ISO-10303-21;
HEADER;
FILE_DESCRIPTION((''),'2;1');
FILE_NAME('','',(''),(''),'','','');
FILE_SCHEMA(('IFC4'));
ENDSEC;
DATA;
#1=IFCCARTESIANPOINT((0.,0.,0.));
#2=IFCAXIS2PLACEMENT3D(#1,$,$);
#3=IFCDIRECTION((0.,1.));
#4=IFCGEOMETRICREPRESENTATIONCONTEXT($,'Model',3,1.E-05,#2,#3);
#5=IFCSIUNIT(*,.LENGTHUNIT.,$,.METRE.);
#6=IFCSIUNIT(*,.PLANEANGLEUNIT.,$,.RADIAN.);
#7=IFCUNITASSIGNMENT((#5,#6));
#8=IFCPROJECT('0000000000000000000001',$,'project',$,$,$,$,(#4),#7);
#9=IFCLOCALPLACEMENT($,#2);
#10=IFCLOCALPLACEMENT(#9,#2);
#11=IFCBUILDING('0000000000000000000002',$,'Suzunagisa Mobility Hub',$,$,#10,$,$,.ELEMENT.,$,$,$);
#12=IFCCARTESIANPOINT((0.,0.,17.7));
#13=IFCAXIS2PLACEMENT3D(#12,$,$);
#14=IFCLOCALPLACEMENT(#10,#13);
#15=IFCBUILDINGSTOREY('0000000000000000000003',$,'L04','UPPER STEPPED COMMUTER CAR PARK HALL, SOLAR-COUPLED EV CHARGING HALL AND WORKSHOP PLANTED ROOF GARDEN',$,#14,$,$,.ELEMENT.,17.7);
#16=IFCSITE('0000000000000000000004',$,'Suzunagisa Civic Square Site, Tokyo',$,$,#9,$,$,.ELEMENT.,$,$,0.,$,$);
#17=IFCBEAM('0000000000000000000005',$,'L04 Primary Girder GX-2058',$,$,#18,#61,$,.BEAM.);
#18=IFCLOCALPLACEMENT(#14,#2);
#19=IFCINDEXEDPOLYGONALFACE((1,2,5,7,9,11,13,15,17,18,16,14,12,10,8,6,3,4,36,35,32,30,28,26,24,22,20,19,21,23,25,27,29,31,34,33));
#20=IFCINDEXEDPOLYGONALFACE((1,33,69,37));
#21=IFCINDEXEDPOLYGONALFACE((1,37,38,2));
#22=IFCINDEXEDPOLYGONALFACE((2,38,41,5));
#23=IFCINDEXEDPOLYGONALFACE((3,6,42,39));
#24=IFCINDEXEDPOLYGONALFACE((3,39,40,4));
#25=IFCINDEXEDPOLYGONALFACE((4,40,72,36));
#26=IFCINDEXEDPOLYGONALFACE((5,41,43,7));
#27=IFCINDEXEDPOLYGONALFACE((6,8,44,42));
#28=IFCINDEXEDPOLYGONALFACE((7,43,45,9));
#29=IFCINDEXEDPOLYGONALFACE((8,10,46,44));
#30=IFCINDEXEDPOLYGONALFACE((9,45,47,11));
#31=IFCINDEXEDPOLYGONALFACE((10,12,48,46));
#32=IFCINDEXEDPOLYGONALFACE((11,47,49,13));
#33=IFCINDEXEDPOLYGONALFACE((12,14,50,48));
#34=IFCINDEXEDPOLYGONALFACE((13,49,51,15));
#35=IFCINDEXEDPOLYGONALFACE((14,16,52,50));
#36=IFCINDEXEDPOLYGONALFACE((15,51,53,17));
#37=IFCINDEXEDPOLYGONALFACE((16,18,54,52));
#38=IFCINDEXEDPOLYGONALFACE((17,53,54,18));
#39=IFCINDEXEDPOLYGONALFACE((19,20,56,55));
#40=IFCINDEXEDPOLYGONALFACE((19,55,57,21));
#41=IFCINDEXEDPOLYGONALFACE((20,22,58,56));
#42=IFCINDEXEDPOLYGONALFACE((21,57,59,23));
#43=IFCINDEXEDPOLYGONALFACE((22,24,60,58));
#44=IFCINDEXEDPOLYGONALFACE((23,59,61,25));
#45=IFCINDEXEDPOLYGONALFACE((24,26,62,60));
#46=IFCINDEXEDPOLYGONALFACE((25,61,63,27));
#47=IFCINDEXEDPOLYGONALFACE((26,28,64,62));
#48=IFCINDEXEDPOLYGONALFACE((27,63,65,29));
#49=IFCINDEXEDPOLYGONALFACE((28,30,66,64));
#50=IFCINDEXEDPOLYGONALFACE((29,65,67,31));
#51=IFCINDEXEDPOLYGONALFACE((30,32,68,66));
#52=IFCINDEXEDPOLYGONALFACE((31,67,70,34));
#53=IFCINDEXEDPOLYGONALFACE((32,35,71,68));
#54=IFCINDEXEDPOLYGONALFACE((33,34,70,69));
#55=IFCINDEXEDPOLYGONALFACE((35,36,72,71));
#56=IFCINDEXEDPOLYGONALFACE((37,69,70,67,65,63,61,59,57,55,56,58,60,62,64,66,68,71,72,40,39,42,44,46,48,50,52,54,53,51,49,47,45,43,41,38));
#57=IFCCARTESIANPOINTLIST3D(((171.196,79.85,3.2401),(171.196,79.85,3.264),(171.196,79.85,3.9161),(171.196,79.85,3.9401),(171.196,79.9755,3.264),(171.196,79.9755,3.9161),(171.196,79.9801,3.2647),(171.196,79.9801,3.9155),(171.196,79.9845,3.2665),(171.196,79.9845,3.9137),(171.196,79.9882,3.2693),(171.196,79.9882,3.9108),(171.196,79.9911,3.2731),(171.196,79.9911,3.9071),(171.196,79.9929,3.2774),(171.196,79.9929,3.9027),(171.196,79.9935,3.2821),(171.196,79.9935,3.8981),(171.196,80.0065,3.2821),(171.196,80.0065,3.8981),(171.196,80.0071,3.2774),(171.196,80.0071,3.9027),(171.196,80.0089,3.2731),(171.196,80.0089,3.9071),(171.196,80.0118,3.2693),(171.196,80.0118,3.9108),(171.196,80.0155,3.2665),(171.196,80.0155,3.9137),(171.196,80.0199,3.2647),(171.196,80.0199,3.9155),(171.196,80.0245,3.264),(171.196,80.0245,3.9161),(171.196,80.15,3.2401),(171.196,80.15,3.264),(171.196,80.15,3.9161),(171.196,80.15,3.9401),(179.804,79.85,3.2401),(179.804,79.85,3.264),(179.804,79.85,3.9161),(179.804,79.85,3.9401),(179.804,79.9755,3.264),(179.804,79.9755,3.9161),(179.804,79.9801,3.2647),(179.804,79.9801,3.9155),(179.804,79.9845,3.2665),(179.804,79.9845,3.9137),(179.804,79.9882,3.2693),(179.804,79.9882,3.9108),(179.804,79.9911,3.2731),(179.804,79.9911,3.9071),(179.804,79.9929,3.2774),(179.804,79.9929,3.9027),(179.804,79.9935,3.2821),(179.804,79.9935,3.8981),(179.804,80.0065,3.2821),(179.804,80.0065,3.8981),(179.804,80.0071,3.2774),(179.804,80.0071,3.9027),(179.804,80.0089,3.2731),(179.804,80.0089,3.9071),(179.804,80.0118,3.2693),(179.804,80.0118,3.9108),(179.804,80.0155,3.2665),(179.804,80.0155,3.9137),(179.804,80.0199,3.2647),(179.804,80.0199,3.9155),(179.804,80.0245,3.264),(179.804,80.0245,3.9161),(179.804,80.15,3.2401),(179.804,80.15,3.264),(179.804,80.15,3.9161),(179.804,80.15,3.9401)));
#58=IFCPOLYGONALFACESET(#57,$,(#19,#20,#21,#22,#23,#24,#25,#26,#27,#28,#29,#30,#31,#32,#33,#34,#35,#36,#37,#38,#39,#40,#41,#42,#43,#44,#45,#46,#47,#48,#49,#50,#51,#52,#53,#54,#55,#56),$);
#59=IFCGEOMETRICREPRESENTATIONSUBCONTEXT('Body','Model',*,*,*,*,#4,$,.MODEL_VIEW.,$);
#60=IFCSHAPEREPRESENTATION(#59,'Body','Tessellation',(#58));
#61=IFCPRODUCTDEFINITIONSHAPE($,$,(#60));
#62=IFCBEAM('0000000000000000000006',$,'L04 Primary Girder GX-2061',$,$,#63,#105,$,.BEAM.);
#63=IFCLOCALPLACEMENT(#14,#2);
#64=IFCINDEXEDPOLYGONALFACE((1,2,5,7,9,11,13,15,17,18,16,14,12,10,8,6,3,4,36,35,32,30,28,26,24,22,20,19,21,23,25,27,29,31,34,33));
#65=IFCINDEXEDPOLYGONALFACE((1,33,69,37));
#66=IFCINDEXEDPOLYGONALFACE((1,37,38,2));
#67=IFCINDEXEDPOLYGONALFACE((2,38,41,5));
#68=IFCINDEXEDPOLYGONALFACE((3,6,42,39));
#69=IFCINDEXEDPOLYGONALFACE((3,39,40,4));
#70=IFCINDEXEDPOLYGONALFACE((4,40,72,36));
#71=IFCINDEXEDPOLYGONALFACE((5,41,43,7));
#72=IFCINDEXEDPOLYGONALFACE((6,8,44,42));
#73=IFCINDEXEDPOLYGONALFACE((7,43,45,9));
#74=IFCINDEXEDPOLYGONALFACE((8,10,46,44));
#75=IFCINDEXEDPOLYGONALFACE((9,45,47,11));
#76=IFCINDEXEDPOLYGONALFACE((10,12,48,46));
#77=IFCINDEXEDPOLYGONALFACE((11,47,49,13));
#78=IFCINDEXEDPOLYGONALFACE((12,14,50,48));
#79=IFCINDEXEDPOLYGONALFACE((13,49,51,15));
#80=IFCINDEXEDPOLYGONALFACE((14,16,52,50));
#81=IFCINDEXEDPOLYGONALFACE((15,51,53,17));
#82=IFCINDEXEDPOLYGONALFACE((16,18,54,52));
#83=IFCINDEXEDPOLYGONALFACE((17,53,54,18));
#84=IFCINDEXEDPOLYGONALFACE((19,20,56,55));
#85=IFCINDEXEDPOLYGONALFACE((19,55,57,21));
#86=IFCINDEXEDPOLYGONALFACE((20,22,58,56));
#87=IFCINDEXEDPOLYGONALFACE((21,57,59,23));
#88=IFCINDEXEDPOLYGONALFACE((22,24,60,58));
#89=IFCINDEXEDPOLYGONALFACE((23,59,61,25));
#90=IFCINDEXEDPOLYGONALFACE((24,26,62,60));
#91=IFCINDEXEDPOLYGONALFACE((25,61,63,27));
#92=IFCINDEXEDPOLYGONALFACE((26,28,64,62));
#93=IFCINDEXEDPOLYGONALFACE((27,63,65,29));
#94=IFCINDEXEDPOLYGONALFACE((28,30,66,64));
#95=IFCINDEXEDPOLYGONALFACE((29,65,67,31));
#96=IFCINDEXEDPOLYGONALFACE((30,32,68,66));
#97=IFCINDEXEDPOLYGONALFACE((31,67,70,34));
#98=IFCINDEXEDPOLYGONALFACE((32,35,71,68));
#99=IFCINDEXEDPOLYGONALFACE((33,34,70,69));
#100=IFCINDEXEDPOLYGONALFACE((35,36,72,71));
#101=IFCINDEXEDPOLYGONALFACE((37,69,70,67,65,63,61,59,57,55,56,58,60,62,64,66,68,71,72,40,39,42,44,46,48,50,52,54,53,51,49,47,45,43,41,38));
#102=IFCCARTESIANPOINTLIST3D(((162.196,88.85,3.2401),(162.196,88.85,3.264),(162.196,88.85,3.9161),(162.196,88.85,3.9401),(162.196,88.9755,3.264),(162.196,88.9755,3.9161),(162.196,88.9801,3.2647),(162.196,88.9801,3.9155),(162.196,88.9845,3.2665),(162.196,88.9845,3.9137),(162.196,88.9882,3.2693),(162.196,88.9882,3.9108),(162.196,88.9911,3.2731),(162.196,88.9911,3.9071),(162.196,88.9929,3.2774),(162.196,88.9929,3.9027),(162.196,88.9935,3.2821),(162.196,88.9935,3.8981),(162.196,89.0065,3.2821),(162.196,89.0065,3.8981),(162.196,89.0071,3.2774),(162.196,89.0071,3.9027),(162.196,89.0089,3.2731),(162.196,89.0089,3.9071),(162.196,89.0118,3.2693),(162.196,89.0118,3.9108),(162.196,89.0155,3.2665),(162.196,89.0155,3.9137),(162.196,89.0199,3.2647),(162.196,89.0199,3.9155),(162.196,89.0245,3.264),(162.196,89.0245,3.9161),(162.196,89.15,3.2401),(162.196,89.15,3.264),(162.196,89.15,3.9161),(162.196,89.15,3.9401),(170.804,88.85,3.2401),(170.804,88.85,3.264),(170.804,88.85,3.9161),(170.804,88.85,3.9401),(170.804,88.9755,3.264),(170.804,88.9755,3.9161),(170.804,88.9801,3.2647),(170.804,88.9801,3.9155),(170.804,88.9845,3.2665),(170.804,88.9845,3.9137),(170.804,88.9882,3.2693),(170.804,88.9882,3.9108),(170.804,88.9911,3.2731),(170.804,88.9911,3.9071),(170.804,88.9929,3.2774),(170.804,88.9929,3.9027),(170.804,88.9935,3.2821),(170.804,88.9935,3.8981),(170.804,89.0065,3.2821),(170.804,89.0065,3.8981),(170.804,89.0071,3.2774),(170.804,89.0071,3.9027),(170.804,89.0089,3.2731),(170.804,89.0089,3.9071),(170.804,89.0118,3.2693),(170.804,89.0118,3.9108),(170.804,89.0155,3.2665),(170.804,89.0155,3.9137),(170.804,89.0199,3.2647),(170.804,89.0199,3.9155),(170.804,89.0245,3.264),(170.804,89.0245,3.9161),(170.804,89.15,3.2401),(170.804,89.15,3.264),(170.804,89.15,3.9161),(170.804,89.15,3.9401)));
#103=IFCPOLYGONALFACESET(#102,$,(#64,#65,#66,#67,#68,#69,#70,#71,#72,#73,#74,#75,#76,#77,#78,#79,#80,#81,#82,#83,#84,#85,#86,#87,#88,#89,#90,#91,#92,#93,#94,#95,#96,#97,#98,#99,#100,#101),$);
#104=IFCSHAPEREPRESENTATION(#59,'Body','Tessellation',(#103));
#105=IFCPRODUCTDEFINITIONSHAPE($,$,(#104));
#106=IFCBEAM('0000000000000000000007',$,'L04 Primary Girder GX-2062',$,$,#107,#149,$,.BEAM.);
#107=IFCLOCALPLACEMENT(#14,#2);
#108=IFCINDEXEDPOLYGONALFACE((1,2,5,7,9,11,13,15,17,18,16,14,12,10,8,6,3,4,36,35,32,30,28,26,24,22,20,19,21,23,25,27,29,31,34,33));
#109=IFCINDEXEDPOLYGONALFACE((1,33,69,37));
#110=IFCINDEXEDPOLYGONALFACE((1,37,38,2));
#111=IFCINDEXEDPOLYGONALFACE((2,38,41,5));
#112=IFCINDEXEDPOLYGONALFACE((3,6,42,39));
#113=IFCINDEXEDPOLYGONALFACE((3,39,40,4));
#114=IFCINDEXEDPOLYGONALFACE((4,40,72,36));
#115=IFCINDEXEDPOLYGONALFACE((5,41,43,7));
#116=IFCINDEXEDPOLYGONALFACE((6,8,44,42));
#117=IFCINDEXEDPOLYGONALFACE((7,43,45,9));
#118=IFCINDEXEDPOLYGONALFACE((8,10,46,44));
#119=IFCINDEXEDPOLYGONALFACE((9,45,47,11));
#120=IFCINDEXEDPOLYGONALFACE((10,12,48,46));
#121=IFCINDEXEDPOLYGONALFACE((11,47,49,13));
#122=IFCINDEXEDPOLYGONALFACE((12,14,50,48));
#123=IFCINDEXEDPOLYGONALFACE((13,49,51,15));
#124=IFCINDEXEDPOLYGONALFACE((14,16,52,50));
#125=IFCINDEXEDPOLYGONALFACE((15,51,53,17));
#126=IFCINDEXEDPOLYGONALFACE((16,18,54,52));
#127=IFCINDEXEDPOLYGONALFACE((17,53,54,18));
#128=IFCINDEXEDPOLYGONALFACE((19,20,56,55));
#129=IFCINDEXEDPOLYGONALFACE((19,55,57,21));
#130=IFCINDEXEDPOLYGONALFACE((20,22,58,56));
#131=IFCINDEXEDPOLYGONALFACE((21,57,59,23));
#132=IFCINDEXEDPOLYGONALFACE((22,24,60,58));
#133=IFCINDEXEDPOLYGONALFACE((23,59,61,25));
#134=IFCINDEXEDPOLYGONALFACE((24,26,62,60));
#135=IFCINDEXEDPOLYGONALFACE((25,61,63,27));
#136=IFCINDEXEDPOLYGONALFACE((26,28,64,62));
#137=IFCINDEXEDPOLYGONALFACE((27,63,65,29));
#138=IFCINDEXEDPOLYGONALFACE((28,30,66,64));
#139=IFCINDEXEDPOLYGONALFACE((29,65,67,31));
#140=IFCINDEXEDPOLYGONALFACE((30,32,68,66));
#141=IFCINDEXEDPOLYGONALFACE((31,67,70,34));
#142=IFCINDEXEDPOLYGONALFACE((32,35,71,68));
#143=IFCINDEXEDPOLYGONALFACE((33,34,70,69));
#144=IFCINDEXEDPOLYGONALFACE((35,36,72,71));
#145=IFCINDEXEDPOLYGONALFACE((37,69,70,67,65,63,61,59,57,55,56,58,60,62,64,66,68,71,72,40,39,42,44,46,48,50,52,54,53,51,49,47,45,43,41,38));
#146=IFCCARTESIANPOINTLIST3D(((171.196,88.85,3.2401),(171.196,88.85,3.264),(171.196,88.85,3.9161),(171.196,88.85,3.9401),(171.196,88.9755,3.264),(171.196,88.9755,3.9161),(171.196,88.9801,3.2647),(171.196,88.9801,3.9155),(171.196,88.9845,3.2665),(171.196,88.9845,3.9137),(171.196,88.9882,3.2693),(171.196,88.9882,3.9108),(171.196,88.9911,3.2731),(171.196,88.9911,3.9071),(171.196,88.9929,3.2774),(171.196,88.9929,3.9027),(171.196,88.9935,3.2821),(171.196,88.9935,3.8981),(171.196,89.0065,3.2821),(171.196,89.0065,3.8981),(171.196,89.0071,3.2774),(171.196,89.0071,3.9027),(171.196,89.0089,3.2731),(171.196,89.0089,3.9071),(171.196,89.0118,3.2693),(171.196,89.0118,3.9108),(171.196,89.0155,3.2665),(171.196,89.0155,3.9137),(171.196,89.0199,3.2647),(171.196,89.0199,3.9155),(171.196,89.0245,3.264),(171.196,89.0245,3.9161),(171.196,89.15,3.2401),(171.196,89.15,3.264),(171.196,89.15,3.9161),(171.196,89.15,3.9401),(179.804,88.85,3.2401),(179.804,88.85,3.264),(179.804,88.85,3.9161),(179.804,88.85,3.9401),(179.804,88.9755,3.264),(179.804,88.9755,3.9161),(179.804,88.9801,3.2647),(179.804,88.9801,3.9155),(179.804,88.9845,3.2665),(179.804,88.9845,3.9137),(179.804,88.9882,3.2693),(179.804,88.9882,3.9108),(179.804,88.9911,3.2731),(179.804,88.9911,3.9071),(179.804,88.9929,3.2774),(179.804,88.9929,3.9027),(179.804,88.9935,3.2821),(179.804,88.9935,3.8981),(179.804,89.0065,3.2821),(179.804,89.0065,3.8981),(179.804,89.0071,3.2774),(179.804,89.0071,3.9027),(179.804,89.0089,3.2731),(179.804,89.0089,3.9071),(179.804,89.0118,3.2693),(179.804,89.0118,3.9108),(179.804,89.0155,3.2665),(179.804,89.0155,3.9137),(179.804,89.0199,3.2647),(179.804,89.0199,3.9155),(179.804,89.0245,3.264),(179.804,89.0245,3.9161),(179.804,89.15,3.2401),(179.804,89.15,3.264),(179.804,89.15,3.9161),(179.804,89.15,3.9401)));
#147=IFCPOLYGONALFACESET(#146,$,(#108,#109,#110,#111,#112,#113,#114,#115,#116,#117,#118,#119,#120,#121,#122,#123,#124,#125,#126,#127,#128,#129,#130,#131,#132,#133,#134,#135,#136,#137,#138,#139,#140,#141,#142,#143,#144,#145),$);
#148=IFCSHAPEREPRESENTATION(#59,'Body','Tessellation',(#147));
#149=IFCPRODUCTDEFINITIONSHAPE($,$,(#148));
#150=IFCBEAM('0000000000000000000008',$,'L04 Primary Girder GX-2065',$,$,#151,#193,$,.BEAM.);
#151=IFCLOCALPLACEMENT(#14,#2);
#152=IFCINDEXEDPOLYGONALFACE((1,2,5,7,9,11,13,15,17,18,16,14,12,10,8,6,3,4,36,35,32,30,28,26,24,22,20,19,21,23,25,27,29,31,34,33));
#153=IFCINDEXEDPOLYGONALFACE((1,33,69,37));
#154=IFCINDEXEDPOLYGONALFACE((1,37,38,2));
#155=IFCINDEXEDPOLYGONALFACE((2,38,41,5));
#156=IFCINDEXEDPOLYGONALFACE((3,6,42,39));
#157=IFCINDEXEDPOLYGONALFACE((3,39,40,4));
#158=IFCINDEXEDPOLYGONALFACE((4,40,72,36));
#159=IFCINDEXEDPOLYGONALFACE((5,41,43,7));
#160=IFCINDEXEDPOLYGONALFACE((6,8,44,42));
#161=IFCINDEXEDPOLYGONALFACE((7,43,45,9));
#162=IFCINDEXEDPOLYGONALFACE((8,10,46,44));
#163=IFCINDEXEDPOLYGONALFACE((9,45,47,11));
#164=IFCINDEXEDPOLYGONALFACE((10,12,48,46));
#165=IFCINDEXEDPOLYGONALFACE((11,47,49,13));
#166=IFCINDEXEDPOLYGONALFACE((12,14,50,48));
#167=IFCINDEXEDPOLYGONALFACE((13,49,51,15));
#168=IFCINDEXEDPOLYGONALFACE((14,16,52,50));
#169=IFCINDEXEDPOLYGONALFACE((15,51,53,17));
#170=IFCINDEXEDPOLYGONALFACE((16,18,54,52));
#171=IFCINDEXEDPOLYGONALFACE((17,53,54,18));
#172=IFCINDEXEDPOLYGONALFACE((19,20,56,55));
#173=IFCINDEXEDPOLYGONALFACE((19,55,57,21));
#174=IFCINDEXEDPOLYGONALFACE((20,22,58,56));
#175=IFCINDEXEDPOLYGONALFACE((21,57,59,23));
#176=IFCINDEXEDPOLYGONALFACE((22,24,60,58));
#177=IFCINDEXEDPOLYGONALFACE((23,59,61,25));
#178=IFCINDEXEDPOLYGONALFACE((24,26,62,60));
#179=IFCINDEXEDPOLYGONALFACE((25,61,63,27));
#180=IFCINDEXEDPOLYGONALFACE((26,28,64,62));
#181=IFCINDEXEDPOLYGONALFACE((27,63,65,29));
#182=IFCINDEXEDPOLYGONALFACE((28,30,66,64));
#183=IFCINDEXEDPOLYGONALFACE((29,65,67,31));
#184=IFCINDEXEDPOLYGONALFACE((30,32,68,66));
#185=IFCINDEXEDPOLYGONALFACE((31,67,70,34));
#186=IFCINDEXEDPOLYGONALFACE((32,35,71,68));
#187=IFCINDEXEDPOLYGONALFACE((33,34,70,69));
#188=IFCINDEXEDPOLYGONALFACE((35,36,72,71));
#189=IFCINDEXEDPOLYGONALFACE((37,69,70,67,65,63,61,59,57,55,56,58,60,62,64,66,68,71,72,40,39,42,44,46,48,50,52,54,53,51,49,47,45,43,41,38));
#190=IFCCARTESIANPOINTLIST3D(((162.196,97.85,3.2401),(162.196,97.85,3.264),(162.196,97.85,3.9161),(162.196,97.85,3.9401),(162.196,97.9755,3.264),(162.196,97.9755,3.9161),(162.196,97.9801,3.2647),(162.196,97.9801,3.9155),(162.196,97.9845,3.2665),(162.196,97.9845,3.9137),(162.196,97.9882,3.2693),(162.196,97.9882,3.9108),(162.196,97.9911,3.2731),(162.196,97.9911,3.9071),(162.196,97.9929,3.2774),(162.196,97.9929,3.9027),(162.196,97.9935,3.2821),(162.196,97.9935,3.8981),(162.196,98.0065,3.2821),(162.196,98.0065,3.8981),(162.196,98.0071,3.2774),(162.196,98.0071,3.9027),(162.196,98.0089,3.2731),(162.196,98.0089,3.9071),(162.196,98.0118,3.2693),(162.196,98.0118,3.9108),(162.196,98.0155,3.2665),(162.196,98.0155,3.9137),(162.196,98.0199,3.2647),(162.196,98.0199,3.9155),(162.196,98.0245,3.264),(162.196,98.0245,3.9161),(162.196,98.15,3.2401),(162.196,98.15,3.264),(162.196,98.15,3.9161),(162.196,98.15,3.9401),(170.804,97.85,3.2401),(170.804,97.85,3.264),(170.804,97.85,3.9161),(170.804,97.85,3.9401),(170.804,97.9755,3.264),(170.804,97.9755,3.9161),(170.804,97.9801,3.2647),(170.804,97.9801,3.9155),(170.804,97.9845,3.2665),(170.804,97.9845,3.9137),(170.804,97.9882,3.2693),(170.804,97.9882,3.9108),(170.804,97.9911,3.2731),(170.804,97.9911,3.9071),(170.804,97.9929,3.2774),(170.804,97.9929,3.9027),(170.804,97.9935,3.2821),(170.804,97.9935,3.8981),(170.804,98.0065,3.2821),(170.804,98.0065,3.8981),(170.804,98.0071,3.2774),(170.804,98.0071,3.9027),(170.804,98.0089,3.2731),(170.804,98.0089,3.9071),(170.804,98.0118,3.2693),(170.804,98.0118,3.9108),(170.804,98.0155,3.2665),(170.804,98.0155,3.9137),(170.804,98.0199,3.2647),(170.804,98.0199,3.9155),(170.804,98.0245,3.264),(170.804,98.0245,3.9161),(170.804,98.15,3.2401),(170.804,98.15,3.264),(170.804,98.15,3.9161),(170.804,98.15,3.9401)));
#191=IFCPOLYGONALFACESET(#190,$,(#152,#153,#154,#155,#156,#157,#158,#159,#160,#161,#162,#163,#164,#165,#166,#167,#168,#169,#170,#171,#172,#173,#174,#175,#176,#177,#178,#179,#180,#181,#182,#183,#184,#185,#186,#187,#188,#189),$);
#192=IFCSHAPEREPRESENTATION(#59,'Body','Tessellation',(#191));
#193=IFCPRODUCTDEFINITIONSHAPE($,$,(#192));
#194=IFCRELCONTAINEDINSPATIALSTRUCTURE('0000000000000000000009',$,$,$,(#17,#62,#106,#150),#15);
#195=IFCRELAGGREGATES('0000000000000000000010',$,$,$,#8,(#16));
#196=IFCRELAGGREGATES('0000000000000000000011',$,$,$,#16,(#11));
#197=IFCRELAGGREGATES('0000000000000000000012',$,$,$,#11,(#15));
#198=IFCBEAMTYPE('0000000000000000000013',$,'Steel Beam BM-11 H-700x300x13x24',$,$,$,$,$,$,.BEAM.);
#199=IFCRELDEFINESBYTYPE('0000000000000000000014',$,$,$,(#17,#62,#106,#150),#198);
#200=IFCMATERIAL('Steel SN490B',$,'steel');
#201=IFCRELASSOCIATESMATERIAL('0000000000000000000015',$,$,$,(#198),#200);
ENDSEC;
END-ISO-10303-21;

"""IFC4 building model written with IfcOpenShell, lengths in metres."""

from ifc_helpers import new_model, si_unit, direction, frame, origin, origin_2d, place, context, subcontext, project, spatial, i_section, extrude, material, material_profile, profile_set, type_object, element, save


model = new_model("IFC4")

# Units and contexts
model_context = context("Model", 3, precision=1e-05, world=origin(), true_north=direction((0.0, 1.0)))
body_context = subcontext(model_context, "Body", "Model", "MODEL_VIEW")
ifc_project = project(units=[si_unit("LENGTHUNIT", "METRE"), si_unit("PLANEANGLEUNIT", "RADIAN")], contexts=[model_context])

# Site, building, storey
site_placement = place(None, origin())
site = spatial("IfcSite", under=ifc_project, at=site_placement, Name="Suzunagisa Civic Square Site, Tokyo", CompositionType="ELEMENT", RefElevation=0.0)
building_placement = place(site_placement, origin())
building = spatial("IfcBuilding", under=site, at=building_placement, Name="Suzunagisa Mobility Hub", CompositionType="ELEMENT")
storey_placement = place(building_placement, frame((0.0, 0.0, 17.7)))
storey = spatial("IfcBuildingStorey", under=building, at=storey_placement, Name="L04", Description="UPPER STEPPED COMMUTER CAR PARK HALL, SOLAR-COUPLED EV CHARGING HALL AND WORKSHOP PLANTED ROOF GARDEN", CompositionType="ELEMENT", Elevation=17.7)

# Shared definitions
ifc_material_1 = material(Name="Steel SN490B", Category="steel")

# Beams
ifc_material_profile_1 = material_profile(ifc_material_1, i_section(OverallWidth=0.3, OverallDepth=0.7, WebThickness=0.0129, FlangeThickness=0.0239, FilletRadius=0.0181, at=origin_2d()), Name="H-700x300x13x24")
ifc_profile_set_1 = profile_set([ifc_material_profile_1], Name="Steel SN490B")
beam_type_1 = type_object("IfcBeamType", Name="Steel Beam BM-11 H-700x300x13x24", PredefinedType="BEAM", material=ifc_profile_set_1)
for number, where, z_axis, x_axis, name in (
    (1, (171.196, 80.0, 3.5901), (1.0, 0.0, 0.0), (0.0, 1.0, 0.0), "L04 Primary Girder GX-2058"),
    (2, (162.196, 89.0, 3.5901), (1.0, 0.0, 0.0), (0.0, 1.0, 0.0), "L04 Primary Girder GX-2061"),
    (3, (171.196, 89.0, 3.5901), (1.0, 0.0, 0.0), (0.0, 1.0, 0.0), "L04 Primary Girder GX-2062"),
    (4, (162.196, 98.0, 3.5901), (1.0, 0.0, 0.0), (0.0, 1.0, 0.0), "L04 Primary Girder GX-2065"),
):
    element("IfcBeam", number, at=place(storey_placement, frame(where, z_axis=z_axis, x_axis=x_axis)), inside=storey, type_object=beam_type_1, Name=name, PredefinedType="BEAM", context=body_context, shape_type="SweptSolid", body=[
        extrude(i_section(OverallWidth=0.3, OverallDepth=0.7, WebThickness=0.0129, FlangeThickness=0.0239, FilletRadius=0.0181, at=origin_2d()), origin(), (0.0, 0.0, 1.0), 8.6079),
    ])

save(model, "model.ifc")
